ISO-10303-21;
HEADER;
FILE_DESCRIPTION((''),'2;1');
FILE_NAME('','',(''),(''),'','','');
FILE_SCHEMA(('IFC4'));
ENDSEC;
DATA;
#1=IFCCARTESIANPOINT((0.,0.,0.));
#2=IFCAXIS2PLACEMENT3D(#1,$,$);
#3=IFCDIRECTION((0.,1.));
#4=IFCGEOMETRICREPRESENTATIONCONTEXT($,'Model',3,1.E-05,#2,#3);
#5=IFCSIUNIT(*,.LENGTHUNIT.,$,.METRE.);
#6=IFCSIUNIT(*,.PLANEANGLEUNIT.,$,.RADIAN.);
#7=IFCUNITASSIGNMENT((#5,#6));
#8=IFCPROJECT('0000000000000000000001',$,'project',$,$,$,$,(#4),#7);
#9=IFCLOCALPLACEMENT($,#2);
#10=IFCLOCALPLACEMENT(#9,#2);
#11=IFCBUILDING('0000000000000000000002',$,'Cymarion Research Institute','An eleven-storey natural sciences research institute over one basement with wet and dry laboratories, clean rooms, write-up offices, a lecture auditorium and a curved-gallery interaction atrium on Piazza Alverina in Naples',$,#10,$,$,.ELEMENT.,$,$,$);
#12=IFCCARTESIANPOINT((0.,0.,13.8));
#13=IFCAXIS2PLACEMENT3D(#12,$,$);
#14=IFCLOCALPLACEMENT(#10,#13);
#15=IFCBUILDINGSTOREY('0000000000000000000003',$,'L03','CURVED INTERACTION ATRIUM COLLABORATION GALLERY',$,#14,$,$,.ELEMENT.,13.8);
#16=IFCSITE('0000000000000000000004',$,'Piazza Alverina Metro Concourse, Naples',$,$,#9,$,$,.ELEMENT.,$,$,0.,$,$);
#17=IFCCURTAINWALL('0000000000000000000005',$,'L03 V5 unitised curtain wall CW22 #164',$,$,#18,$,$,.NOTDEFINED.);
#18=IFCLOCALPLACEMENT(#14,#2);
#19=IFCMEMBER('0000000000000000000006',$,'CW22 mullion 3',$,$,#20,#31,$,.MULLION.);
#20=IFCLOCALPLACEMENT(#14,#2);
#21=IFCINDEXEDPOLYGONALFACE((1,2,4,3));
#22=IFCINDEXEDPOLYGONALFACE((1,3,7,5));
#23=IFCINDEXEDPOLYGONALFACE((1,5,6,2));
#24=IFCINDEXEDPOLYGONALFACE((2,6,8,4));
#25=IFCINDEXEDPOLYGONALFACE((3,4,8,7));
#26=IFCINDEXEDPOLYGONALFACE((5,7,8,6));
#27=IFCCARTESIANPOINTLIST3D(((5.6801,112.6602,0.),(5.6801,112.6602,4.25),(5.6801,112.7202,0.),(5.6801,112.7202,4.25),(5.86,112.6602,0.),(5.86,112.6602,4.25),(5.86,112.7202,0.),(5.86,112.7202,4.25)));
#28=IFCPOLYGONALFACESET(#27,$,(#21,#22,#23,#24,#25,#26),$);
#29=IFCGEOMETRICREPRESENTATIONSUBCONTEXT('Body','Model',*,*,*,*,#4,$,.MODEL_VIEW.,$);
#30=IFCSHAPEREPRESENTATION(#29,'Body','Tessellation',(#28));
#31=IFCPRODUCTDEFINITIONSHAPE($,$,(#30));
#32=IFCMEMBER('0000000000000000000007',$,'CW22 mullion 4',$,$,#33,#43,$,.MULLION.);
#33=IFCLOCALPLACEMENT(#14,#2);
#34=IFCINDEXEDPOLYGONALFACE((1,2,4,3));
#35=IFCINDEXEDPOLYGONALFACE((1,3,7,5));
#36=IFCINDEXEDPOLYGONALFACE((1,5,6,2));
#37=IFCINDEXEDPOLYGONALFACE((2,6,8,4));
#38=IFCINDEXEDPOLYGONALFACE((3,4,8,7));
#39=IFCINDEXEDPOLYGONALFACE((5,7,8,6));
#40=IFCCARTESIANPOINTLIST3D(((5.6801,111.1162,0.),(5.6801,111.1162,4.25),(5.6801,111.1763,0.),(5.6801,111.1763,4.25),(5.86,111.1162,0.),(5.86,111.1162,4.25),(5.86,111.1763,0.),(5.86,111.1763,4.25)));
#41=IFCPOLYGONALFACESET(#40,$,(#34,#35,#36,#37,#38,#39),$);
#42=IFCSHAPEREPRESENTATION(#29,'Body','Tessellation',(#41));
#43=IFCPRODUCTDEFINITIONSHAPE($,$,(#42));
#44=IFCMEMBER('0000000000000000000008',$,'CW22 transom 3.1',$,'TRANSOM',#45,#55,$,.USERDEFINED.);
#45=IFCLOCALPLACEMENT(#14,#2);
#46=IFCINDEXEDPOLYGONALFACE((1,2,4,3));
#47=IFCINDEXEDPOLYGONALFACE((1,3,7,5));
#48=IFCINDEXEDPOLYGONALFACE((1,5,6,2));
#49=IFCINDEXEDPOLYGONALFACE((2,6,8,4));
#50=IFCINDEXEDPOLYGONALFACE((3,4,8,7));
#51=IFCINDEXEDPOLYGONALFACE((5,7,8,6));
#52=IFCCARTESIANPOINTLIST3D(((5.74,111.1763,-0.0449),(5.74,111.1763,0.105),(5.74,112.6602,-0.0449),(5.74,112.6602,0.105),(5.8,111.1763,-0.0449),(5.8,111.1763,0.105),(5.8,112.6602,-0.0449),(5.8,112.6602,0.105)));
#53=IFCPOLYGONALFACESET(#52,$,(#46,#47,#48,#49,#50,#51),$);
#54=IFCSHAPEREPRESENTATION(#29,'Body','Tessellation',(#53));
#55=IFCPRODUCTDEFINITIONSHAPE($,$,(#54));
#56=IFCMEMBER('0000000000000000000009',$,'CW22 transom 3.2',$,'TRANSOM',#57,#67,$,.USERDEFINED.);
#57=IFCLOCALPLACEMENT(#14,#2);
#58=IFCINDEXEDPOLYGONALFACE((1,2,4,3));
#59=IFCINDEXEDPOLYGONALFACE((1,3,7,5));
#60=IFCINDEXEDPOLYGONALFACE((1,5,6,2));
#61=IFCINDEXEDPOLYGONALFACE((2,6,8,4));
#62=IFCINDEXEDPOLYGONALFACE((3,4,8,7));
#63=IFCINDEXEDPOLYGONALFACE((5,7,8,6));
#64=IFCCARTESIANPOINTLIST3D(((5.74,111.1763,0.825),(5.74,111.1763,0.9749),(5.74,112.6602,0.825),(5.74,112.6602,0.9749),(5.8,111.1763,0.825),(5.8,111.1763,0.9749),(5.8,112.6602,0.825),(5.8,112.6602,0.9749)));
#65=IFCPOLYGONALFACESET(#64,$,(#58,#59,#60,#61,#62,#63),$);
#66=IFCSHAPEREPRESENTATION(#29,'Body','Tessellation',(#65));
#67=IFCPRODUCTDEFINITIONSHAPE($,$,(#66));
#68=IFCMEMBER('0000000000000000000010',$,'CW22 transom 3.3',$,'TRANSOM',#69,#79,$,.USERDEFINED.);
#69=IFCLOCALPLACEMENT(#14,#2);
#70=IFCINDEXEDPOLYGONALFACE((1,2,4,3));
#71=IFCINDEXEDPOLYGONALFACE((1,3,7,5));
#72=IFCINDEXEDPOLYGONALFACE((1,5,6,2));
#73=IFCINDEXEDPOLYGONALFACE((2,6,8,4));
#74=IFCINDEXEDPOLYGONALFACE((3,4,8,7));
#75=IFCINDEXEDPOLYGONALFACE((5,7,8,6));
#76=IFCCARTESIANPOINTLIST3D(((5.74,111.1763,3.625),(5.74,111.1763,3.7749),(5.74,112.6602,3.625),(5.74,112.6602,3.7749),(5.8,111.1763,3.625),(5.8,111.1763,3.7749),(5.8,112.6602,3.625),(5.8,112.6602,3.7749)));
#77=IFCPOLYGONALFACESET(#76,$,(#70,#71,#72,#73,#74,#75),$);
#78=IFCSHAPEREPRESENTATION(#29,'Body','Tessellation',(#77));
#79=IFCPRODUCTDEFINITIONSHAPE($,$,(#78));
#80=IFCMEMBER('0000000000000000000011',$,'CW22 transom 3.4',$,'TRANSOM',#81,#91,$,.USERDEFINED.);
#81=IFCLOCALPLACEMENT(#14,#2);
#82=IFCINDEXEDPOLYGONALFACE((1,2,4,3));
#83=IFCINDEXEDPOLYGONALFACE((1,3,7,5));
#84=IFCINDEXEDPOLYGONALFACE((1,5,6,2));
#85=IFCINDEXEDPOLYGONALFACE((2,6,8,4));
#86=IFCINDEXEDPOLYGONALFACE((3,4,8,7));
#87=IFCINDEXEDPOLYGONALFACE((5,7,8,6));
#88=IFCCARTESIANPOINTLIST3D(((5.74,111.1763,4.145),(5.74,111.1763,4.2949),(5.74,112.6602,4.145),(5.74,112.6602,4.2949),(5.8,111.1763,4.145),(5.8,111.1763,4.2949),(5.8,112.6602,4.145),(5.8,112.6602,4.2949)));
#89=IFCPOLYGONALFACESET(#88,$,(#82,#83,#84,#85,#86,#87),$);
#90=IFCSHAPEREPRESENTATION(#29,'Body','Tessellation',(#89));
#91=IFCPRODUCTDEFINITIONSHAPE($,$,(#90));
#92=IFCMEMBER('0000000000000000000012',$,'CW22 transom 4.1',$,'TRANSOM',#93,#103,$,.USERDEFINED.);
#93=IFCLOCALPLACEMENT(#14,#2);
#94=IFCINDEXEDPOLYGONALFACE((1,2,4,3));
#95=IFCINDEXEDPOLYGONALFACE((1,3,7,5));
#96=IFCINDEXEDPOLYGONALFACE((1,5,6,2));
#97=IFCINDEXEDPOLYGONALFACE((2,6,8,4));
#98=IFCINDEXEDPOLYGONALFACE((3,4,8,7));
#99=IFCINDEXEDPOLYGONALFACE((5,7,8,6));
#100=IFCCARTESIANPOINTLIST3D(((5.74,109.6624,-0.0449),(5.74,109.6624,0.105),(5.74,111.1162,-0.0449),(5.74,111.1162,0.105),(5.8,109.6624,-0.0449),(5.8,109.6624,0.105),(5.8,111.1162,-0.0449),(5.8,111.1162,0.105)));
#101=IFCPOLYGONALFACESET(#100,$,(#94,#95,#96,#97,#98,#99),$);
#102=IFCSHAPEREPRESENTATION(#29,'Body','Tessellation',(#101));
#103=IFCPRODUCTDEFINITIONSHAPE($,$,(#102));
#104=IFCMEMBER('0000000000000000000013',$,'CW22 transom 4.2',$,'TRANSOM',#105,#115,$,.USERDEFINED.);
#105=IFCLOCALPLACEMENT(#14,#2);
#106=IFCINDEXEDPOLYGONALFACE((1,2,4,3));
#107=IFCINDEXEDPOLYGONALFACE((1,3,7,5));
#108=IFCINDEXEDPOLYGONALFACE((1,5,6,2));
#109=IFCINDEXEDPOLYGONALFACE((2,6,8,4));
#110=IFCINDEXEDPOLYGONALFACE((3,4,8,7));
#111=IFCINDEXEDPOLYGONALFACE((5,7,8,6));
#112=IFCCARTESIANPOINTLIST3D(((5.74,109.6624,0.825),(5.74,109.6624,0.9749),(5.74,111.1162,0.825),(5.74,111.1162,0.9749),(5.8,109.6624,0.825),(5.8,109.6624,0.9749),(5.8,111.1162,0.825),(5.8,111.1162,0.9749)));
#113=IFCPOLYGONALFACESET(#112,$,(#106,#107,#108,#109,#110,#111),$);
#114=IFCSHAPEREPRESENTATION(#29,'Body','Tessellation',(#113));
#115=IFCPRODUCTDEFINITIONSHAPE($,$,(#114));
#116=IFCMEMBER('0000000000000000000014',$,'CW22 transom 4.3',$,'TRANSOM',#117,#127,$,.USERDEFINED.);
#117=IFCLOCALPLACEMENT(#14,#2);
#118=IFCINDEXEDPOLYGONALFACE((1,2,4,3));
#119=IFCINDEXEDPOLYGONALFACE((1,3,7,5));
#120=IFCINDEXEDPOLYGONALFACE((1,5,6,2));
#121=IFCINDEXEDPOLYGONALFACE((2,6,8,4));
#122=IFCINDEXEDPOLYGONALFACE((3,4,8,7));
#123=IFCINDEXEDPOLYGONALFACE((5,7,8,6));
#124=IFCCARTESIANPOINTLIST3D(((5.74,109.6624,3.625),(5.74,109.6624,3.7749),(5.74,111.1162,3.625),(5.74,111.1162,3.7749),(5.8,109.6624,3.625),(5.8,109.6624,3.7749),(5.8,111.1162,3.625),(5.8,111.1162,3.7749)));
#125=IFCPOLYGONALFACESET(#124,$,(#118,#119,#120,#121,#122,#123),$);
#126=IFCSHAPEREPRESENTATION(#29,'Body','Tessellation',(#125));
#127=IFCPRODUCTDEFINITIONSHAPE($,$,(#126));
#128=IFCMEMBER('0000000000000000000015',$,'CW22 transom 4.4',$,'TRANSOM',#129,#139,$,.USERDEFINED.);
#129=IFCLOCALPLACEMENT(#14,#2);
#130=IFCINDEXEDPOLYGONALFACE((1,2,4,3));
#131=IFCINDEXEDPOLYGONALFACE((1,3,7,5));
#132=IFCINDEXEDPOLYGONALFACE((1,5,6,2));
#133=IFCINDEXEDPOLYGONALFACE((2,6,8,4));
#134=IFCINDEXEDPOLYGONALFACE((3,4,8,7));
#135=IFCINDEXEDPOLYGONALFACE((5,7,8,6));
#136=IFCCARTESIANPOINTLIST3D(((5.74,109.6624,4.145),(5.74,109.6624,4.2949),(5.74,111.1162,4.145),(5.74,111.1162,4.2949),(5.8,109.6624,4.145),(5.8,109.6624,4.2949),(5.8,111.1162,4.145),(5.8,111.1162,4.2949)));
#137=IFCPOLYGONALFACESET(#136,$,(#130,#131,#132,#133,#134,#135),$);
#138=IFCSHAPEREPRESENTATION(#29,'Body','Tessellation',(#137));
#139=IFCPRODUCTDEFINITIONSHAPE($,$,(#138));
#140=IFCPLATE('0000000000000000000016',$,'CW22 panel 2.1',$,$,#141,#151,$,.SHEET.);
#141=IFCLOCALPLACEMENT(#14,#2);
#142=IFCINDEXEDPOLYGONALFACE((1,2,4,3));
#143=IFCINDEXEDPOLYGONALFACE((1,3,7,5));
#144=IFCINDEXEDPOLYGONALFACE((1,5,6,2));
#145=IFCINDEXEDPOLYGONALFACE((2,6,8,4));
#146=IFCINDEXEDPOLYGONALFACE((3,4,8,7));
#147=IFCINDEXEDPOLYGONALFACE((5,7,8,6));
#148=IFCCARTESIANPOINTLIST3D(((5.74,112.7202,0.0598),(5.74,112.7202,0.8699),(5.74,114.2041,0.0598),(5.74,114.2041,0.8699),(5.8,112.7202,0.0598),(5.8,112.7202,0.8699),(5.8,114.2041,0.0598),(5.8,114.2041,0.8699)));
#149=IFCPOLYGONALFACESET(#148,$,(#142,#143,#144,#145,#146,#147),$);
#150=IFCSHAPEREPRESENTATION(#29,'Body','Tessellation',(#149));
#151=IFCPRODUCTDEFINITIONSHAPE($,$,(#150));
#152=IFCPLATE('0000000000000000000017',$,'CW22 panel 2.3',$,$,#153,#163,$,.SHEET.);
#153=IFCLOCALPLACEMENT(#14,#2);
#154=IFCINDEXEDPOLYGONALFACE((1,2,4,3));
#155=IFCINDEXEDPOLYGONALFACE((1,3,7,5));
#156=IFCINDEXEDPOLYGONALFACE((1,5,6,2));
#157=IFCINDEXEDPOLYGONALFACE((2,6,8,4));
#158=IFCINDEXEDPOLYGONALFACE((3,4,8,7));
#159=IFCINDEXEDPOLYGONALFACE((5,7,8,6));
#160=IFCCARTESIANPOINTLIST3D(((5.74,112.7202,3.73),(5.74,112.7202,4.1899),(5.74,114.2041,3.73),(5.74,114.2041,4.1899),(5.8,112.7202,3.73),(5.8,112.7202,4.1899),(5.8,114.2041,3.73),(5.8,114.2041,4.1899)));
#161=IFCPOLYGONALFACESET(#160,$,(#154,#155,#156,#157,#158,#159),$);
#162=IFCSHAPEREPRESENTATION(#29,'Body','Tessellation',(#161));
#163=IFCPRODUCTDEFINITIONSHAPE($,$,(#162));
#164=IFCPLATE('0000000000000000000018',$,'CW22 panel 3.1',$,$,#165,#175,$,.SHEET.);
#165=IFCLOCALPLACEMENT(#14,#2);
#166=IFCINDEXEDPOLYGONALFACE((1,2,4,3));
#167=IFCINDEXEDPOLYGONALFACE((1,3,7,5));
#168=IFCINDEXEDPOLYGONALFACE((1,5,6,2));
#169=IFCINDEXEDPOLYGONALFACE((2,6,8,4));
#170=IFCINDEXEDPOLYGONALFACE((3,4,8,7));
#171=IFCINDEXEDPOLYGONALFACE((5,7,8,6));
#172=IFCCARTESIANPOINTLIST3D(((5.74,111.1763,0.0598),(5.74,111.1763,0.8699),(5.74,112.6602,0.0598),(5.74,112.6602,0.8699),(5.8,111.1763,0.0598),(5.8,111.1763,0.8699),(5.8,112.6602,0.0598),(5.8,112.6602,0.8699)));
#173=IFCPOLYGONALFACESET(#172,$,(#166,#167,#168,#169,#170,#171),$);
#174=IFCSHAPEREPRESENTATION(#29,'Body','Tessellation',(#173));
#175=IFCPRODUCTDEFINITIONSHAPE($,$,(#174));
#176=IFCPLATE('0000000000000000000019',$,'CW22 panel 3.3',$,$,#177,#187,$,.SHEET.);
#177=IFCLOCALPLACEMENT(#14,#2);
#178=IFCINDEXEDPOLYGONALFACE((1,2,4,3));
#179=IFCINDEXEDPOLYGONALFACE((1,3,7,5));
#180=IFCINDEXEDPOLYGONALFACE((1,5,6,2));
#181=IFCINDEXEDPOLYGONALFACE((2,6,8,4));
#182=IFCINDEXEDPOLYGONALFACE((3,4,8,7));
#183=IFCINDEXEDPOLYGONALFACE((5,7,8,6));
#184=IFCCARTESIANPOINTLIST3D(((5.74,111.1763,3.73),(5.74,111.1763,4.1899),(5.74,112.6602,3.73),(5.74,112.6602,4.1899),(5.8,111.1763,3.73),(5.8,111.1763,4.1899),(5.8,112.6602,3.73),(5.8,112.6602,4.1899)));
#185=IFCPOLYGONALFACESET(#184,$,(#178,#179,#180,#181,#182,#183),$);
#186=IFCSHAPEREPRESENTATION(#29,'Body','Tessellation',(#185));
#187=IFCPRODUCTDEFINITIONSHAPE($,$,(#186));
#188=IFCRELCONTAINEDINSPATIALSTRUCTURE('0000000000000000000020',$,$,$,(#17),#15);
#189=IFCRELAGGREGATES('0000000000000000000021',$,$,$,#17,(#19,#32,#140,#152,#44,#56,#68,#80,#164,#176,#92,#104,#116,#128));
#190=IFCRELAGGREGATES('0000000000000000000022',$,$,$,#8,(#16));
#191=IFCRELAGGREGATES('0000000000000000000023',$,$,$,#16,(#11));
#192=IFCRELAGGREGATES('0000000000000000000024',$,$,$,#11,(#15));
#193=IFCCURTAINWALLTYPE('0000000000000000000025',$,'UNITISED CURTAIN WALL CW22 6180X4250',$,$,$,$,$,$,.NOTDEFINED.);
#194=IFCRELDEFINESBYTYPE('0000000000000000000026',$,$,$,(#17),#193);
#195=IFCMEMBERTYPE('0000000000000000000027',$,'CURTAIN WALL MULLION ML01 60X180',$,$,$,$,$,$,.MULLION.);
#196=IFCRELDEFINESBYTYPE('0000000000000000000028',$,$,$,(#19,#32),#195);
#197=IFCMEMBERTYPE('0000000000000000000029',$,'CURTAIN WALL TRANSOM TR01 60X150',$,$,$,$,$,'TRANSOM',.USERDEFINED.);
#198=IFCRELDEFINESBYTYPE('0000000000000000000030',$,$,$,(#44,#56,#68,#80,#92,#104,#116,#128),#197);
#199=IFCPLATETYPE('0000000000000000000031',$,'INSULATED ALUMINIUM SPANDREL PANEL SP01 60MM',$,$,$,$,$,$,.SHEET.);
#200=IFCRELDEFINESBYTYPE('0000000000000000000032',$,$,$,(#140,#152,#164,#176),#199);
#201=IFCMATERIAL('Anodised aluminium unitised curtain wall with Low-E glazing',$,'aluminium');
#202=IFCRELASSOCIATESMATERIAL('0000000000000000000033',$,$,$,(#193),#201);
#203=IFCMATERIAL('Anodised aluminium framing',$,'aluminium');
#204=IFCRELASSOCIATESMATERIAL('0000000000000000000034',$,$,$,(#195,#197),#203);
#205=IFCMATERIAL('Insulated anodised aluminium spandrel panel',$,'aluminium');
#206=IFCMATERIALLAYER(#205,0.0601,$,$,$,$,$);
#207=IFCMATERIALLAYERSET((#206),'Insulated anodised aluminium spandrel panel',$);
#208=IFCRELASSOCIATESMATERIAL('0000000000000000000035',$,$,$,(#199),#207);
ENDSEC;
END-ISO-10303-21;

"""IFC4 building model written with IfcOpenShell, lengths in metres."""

from ifc_helpers import new_model, si_unit, direction, frame, origin, origin_2d, place, context, subcontext, project, spatial, rectangle, extrude, material, layer, layer_set, material_profile, profile_set, type_object, element, aggregate, save


model = new_model("IFC4")

# Units and contexts
model_context = context("Model", 3, precision=1e-05, world=origin(), true_north=direction((0.0, 1.0)))
body_context = subcontext(model_context, "Body", "Model", "MODEL_VIEW")
ifc_project = project(units=[si_unit("LENGTHUNIT", "METRE"), si_unit("PLANEANGLEUNIT", "RADIAN")], contexts=[model_context])

# Site, building, storey
site_placement = place(None, origin())
site = spatial("IfcSite", under=ifc_project, at=site_placement, Name="Piazza Alverina Metro Concourse, Naples", CompositionType="ELEMENT", RefElevation=0.0)
building_placement = place(site_placement, origin())
building = spatial("IfcBuilding", under=site, at=building_placement, Name="Cymarion Research Institute", Description="An eleven-storey natural sciences research institute over one basement with wet and dry laboratories, clean rooms, write-up offices, a lecture auditorium and a curved-gallery interaction atrium on Piazza Alverina in Naples", CompositionType="ELEMENT")
storey_placement = place(building_placement, frame((0.0, 0.0, 13.8)))
storey = spatial("IfcBuildingStorey", under=building, at=storey_placement, Name="L03", Description="CURVED INTERACTION ATRIUM COLLABORATION GALLERY", CompositionType="ELEMENT", Elevation=13.8)

# Curtain wall, members, plates
ifc_material_1 = material(Name="Anodised aluminium unitised curtain wall with Low-E glazing", Category="aluminium")
curtain_wall_type = type_object("IfcCurtainWallType", Name="UNITISED CURTAIN WALL CW22 6180X4250", PredefinedType="NOTDEFINED", material=ifc_material_1)
curtain_wall_placement = place(storey_placement, origin())
curtain_wall = element("IfcCurtainWall", 1, at=curtain_wall_placement, inside=storey, type_object=curtain_wall_type, Name="L03 V5 unitised curtain wall CW22 #164", PredefinedType="NOTDEFINED")
ifc_material_2 = material(Name="Anodised aluminium framing", Category="aluminium")
ifc_material_profile_1 = material_profile(ifc_material_2, rectangle(XDim=0.0601, YDim=0.1799, at=origin_2d()), Name="ALU MULLION 60x180")
ifc_profile_set_1 = profile_set([ifc_material_profile_1], Name="Anodised aluminium framing")
member_type_1 = type_object("IfcMemberType", Name="CURTAIN WALL MULLION ML01 60X180", PredefinedType="MULLION", material=ifc_profile_set_1)
member_1_placement = place(storey_placement, frame((5.77, 112.6902, 0.0), z_axis=(0.0, 0.0, 1.0), x_axis=(0.0, -1.0, 0.0)))
member_1 = element("IfcMember", 2, at=member_1_placement, type_object=member_type_1, Name="CW22 mullion 3", PredefinedType="MULLION", context=body_context, shape_type="SweptSolid", body=[
    extrude(rectangle(XDim=0.0601, YDim=0.1799, at=origin_2d()), origin(), (0.0, 0.0, 1.0), 4.25),
])
member_2_placement = place(storey_placement, frame((5.77, 111.1462, 0.0), z_axis=(0.0, 0.0, 1.0), x_axis=(0.0, -1.0, 0.0)))
member_2 = element("IfcMember", 3, at=member_2_placement, type_object=member_type_1, Name="CW22 mullion 4", PredefinedType="MULLION", context=body_context, shape_type="SweptSolid", body=[
    extrude(rectangle(XDim=0.0601, YDim=0.1799, at=origin_2d()), origin(), (0.0, 0.0, 1.0), 4.25),
])
ifc_material_profile_2 = material_profile(ifc_material_2, rectangle(XDim=0.0601, YDim=0.1499, at=origin_2d()), Name="ALU TRANSOM 60x150")
ifc_profile_set_2 = profile_set([ifc_material_profile_2], Name="Anodised aluminium framing")
member_type_2 = type_object("IfcMemberType", Name="CURTAIN WALL TRANSOM TR01 60X150", ElementType="TRANSOM", PredefinedType="USERDEFINED", material=ifc_profile_set_2)
member_3_placement = place(storey_placement, frame((5.77, 112.6602, 0.03), z_axis=(0.0, -1.0, 0.0), x_axis=(1.0, 0.0, 0.0)))
member_3 = element("IfcMember", 4, at=member_3_placement, type_object=member_type_2, Name="CW22 transom 3.1", ObjectType="TRANSOM", PredefinedType="USERDEFINED", context=body_context, shape_type="SweptSolid", body=[
    extrude(rectangle(XDim=0.0601, YDim=0.1499, at=origin_2d()), origin(), (0.0, 0.0, 1.0), 1.4839),
])
member_4_placement = place(storey_placement, frame((5.77, 112.6602, 0.8999), z_axis=(0.0, -1.0, 0.0), x_axis=(1.0, 0.0, 0.0)))
member_4 = element("IfcMember", 5, at=member_4_placement, type_object=member_type_2, Name="CW22 transom 3.2", ObjectType="TRANSOM", PredefinedType="USERDEFINED", context=body_context, shape_type="SweptSolid", body=[
    extrude(rectangle(XDim=0.0601, YDim=0.1499, at=origin_2d()), origin(), (0.0, 0.0, 1.0), 1.4839),
])
member_5_placement = place(storey_placement, frame((5.77, 112.6602, 3.7), z_axis=(0.0, -1.0, 0.0), x_axis=(1.0, 0.0, 0.0)))
member_5 = element("IfcMember", 6, at=member_5_placement, type_object=member_type_2, Name="CW22 transom 3.3", ObjectType="TRANSOM", PredefinedType="USERDEFINED", context=body_context, shape_type="SweptSolid", body=[
    extrude(rectangle(XDim=0.0601, YDim=0.1499, at=origin_2d()), origin(), (0.0, 0.0, 1.0), 1.4839),
])
member_6_placement = place(storey_placement, frame((5.77, 112.6602, 4.22), z_axis=(0.0, -1.0, 0.0), x_axis=(1.0, 0.0, 0.0)))
member_6 = element("IfcMember", 7, at=member_6_placement, type_object=member_type_2, Name="CW22 transom 3.4", ObjectType="TRANSOM", PredefinedType="USERDEFINED", context=body_context, shape_type="SweptSolid", body=[
    extrude(rectangle(XDim=0.0601, YDim=0.1499, at=origin_2d()), origin(), (0.0, 0.0, 1.0), 1.4839),
])
member_7_placement = place(storey_placement, frame((5.77, 111.1162, 0.03), z_axis=(0.0, -1.0, 0.0), x_axis=(1.0, 0.0, 0.0)))
member_7 = element("IfcMember", 8, at=member_7_placement, type_object=member_type_2, Name="CW22 transom 4.1", ObjectType="TRANSOM", PredefinedType="USERDEFINED", context=body_context, shape_type="SweptSolid", body=[
    extrude(rectangle(XDim=0.0601, YDim=0.1499, at=origin_2d()), origin(), (0.0, 0.0, 1.0), 1.4539),
])
member_8_placement = place(storey_placement, frame((5.77, 111.1162, 0.8999), z_axis=(0.0, -1.0, 0.0), x_axis=(1.0, 0.0, 0.0)))
member_8 = element("IfcMember", 9, at=member_8_placement, type_object=member_type_2, Name="CW22 transom 4.2", ObjectType="TRANSOM", PredefinedType="USERDEFINED", context=body_context, shape_type="SweptSolid", body=[
    extrude(rectangle(XDim=0.0601, YDim=0.1499, at=origin_2d()), origin(), (0.0, 0.0, 1.0), 1.4539),
])
member_9_placement = place(storey_placement, frame((5.77, 111.1162, 3.7), z_axis=(0.0, -1.0, 0.0), x_axis=(1.0, 0.0, 0.0)))
member_9 = element("IfcMember", 10, at=member_9_placement, type_object=member_type_2, Name="CW22 transom 4.3", ObjectType="TRANSOM", PredefinedType="USERDEFINED", context=body_context, shape_type="SweptSolid", body=[
    extrude(rectangle(XDim=0.0601, YDim=0.1499, at=origin_2d()), origin(), (0.0, 0.0, 1.0), 1.4539),
])
member_10_placement = place(storey_placement, frame((5.77, 111.1162, 4.22), z_axis=(0.0, -1.0, 0.0), x_axis=(1.0, 0.0, 0.0)))
member_10 = element("IfcMember", 11, at=member_10_placement, type_object=member_type_2, Name="CW22 transom 4.4", ObjectType="TRANSOM", PredefinedType="USERDEFINED", context=body_context, shape_type="SweptSolid", body=[
    extrude(rectangle(XDim=0.0601, YDim=0.1499, at=origin_2d()), origin(), (0.0, 0.0, 1.0), 1.4539),
])
ifc_material_3 = material(Name="Insulated anodised aluminium spandrel panel", Category="aluminium")
ifc_layer_1 = layer(ifc_material_3, 0.0601)
ifc_layer_set_1 = layer_set([ifc_layer_1], Name="Insulated anodised aluminium spandrel panel")
plate_type_1 = type_object("IfcPlateType", Name="INSULATED ALUMINIUM SPANDREL PANEL SP01 60MM", PredefinedType="SHEET", material=ifc_layer_set_1)
plate_1_placement = place(storey_placement, frame((5.77, 113.4622, 0.0598), z_axis=(0.0, 0.0, 1.0), x_axis=(0.0, -1.0, 0.0)))
plate_1 = element("IfcPlate", 12, at=plate_1_placement, type_object=plate_type_1, Name="CW22 panel 2.1", PredefinedType="SHEET", context=body_context, shape_type="SweptSolid", body=[
    extrude(rectangle(XDim=1.4839, YDim=0.0601, at=origin_2d()), origin(), (0.0, 0.0, 1.0), 0.8101),
])
plate_2_placement = place(storey_placement, frame((5.77, 113.4622, 3.73), z_axis=(0.0, 0.0, 1.0), x_axis=(0.0, -1.0, 0.0)))
plate_2 = element("IfcPlate", 13, at=plate_2_placement, type_object=plate_type_1, Name="CW22 panel 2.3", PredefinedType="SHEET", context=body_context, shape_type="SweptSolid", body=[
    extrude(rectangle(XDim=1.4839, YDim=0.0601, at=origin_2d()), origin(), (0.0, 0.0, 1.0), 0.46),
])
plate_3_placement = place(storey_placement, frame((5.77, 111.9182, 0.0598), z_axis=(0.0, 0.0, 1.0), x_axis=(0.0, -1.0, 0.0)))
plate_3 = element("IfcPlate", 14, at=plate_3_placement, type_object=plate_type_1, Name="CW22 panel 3.1", PredefinedType="SHEET", context=body_context, shape_type="SweptSolid", body=[
    extrude(rectangle(XDim=1.4839, YDim=0.0601, at=origin_2d()), origin(), (0.0, 0.0, 1.0), 0.8101),
])
plate_4_placement = place(storey_placement, frame((5.77, 111.9182, 3.73), z_axis=(0.0, 0.0, 1.0), x_axis=(0.0, -1.0, 0.0)))
plate_4 = element("IfcPlate", 15, at=plate_4_placement, type_object=plate_type_1, Name="CW22 panel 3.3", PredefinedType="SHEET", context=body_context, shape_type="SweptSolid", body=[
    extrude(rectangle(XDim=1.4839, YDim=0.0601, at=origin_2d()), origin(), (0.0, 0.0, 1.0), 0.46),
])
aggregate(curtain_wall, [member_1, member_2, plate_1, plate_2, member_3, member_4, member_5, member_6, plate_3, plate_4, member_7, member_8, member_9, member_10])

save(model, "model.ifc")
